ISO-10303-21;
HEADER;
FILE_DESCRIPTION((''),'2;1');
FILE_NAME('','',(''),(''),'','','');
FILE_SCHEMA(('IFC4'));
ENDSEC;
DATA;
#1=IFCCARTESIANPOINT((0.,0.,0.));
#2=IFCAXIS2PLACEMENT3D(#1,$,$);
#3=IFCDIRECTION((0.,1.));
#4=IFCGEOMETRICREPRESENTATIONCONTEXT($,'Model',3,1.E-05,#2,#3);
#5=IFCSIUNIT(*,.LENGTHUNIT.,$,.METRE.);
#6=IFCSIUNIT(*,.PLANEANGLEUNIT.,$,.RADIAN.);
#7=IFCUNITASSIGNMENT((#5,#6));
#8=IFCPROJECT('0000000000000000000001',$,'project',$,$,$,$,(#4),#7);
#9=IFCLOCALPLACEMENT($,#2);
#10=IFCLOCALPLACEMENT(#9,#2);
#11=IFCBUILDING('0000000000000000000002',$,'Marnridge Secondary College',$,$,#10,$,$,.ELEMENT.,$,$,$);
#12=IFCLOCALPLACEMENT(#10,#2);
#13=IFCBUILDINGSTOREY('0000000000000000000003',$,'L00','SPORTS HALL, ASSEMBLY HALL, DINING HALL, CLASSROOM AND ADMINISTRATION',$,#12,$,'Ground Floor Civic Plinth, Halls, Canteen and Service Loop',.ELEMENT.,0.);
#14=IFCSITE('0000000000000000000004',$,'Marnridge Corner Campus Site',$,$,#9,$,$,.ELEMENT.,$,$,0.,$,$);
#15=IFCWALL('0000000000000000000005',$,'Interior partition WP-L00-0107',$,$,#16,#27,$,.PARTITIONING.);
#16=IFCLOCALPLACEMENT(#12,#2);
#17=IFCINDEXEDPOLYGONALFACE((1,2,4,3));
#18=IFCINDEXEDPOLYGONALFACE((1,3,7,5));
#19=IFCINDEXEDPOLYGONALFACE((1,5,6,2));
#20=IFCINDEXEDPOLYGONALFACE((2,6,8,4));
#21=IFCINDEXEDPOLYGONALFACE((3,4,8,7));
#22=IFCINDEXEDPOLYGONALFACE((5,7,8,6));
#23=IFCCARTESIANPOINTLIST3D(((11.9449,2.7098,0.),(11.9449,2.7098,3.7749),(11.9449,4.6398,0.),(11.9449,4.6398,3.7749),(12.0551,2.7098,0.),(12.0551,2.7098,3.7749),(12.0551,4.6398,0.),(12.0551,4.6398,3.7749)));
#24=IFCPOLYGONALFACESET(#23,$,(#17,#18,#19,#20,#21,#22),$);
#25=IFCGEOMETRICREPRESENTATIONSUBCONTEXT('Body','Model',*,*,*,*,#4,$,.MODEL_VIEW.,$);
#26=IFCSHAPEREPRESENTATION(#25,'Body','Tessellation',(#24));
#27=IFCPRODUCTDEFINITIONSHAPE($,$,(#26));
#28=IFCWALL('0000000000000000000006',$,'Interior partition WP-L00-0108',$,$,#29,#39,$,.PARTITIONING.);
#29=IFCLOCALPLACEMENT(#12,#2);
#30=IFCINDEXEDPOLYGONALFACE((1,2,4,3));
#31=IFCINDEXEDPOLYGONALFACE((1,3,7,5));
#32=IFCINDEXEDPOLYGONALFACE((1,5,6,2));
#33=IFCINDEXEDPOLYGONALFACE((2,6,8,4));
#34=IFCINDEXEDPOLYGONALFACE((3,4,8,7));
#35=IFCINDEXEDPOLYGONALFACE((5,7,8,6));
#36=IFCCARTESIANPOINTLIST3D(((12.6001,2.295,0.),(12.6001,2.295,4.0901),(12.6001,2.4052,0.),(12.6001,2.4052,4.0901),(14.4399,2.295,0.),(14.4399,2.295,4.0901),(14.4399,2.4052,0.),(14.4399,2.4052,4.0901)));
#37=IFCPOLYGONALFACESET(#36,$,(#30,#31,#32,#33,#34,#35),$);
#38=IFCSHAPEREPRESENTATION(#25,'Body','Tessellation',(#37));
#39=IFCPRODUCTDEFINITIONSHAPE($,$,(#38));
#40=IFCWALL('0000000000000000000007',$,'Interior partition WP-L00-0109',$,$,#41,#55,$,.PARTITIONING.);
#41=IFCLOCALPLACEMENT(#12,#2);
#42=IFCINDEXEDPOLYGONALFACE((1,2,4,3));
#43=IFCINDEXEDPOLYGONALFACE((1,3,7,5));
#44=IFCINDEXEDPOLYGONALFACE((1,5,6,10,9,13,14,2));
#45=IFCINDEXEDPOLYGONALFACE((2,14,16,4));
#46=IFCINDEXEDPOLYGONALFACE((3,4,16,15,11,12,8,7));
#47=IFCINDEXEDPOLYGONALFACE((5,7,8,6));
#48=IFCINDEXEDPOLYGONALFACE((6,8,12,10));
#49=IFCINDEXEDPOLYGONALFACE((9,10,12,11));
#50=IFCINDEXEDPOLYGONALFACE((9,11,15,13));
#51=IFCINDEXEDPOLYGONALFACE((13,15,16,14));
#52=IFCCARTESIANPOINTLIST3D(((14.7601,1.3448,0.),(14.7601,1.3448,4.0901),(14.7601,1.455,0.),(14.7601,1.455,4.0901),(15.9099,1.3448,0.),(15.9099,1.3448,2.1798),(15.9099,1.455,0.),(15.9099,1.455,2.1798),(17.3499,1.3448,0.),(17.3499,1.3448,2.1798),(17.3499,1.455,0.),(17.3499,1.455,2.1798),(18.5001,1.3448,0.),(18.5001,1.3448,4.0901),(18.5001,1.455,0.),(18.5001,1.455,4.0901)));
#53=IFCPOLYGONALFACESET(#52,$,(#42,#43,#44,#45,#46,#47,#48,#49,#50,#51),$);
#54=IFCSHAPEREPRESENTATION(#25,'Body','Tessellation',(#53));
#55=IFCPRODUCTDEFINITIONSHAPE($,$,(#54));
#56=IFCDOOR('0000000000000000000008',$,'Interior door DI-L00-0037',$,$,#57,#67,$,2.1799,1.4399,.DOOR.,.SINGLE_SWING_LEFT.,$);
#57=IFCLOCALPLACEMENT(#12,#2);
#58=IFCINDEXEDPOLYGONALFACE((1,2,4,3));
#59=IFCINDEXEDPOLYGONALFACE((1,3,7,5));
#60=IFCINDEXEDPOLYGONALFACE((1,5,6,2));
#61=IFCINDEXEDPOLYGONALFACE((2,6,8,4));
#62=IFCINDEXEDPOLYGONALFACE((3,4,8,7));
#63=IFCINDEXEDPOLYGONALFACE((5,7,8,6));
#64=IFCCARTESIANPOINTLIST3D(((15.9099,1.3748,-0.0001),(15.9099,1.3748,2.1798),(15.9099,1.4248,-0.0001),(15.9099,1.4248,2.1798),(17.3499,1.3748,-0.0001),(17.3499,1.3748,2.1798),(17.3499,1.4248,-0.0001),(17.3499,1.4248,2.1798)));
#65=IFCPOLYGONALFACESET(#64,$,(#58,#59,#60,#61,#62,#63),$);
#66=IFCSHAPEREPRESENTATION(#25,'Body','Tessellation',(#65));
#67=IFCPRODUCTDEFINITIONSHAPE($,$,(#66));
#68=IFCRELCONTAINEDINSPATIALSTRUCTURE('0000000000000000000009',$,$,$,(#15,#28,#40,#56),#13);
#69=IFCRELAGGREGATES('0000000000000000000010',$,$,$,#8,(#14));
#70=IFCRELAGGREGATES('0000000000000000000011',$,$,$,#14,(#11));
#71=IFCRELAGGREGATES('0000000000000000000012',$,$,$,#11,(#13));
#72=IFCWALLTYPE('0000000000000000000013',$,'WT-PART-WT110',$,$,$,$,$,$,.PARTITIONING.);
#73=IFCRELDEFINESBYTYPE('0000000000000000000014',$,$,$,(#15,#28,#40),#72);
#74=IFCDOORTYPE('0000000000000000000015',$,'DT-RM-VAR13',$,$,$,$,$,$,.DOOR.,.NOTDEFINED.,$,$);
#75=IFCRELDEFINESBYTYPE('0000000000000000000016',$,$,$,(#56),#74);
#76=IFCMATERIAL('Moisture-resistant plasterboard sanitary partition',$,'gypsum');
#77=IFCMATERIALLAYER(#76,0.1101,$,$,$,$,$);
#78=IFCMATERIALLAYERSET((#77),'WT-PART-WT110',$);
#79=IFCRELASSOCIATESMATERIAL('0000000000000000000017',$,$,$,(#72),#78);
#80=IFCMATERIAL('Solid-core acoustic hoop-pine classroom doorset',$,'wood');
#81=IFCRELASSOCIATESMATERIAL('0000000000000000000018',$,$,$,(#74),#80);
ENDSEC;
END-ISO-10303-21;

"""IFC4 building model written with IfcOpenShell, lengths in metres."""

from ifc_helpers import new_model, si_unit, direction, frame, frame_2d, origin, place, context, subcontext, project, spatial, rectangle, extrude, material, layer, layer_set, type_object, element, fill, save


model = new_model("IFC4")

# Units and contexts
model_context = context("Model", 3, precision=1e-05, world=origin(), true_north=direction((0.0, 1.0)))
body_context = subcontext(model_context, "Body", "Model", "MODEL_VIEW")
ifc_project = project(units=[si_unit("LENGTHUNIT", "METRE"), si_unit("PLANEANGLEUNIT", "RADIAN")], contexts=[model_context])

# Site, building, storey
site_placement = place(None, origin())
site = spatial("IfcSite", under=ifc_project, at=site_placement, Name="Marnridge Corner Campus Site", CompositionType="ELEMENT", RefElevation=0.0)
building_placement = place(site_placement, origin())
building = spatial("IfcBuilding", under=site, at=building_placement, Name="Marnridge Secondary College", CompositionType="ELEMENT")
storey_placement = place(building_placement, origin())
storey = spatial("IfcBuildingStorey", under=building, at=storey_placement, Name="L00", Description="SPORTS HALL, ASSEMBLY HALL, DINING HALL, CLASSROOM AND ADMINISTRATION", LongName="Ground Floor Civic Plinth, Halls, Canteen and Service Loop", CompositionType="ELEMENT", Elevation=0.0)

# Shared definitions
ifc_material_1 = material(Name="Moisture-resistant plasterboard sanitary partition", Category="gypsum")
ifc_layer_1 = layer(ifc_material_1, 0.1101)
ifc_layer_set_1 = layer_set([ifc_layer_1], Name="WT-PART-WT110")
wall_type_1 = type_object("IfcWallType", Name="WT-PART-WT110", PredefinedType="PARTITIONING", material=ifc_layer_set_1)

# Walls
wall_1_placement = place(storey_placement, frame((12.0, 2.71, 0.0), z_axis=(0.0, 0.0, 1.0), x_axis=(0.0, 1.0, 0.0)))
element("IfcWall", 1, at=wall_1_placement, inside=storey, type_object=wall_type_1, Name="Interior partition WP-L00-0107", PredefinedType="PARTITIONING", context=body_context, shape_type="SweptSolid", body=[
    extrude(rectangle(XDim=1.9299, YDim=0.1101, at=frame_2d((0.9648, 0.0))), origin(), (0.0, 0.0, 1.0), 3.7749),
])
wall_2_placement = place(storey_placement, frame((14.4399, 2.3501, 0.0), z_axis=(0.0, 0.0, 1.0), x_axis=(-1.0, 0.0, 0.0)))
element("IfcWall", 2, at=wall_2_placement, inside=storey, type_object=wall_type_1, Name="Interior partition WP-L00-0108", PredefinedType="PARTITIONING", context=body_context, shape_type="SweptSolid", body=[
    extrude(rectangle(XDim=1.8398, YDim=0.1101, at=frame_2d((0.9199, 0.0))), origin(), (0.0, 0.0, 1.0), 4.0901),
])

# Wall, opening, door
wall_3_placement = place(storey_placement, frame((14.76, 1.3999, 0.0), z_axis=(0.0, 0.0, 1.0), x_axis=(1.0, 0.0, 0.0)))
wall_3 = element("IfcWall", 3, at=wall_3_placement, inside=storey, type_object=wall_type_1, Name="Interior partition WP-L00-0109", PredefinedType="PARTITIONING", context=body_context, shape_type="SweptSolid", body=[
    extrude(rectangle(XDim=3.74, YDim=0.1101, at=frame_2d((1.8701, 0.0))), origin(), (0.0, 0.0, 1.0), 4.0901),
])
opening_1_placement = place(wall_3_placement, frame((1.1499, 0.0, 0.0)))
opening_1 = element("IfcOpeningElement", 4, at=opening_1_placement, cuts=wall_3, PredefinedType="OPENING", context=body_context, shape_type="SweptSolid", body=[
    extrude(rectangle(XDim=1.4399, YDim=2.1799, at=frame_2d((0.72, 1.0898))), frame((0.0, 0.0649, 0.0), z_axis=(0.0, -1.0, 0.0), x_axis=(1.0, 0.0, 0.0)), (0.0, 0.0, 1.0), 0.1301),
])
ifc_material_2 = material(Name="Solid-core acoustic hoop-pine classroom doorset", Category="wood")
door_type_1 = type_object("IfcDoorType", Name="DT-RM-VAR13", OperationType="NOTDEFINED", PredefinedType="DOOR", material=ifc_material_2)
door_1_placement = place(opening_1_placement, origin())
door_1 = element("IfcDoor", 5, at=door_1_placement, inside=storey, type_object=door_type_1, Name="Interior door DI-L00-0037", OperationType="SINGLE_SWING_LEFT", OverallHeight=2.1799, OverallWidth=1.4399, PredefinedType="DOOR", context=body_context, shape_type="SweptSolid", body=[
    extrude(rectangle(XDim=1.4399, YDim=2.1799, at=frame_2d((0.72, 1.0898))), frame((0.0, 0.0249, 0.0), z_axis=(0.0, -1.0, 0.0), x_axis=(1.0, 0.0, 0.0)), (0.0, 0.0, 1.0), 0.05),
])
fill(opening_1, door_1)

save(model, "model.ifc")
